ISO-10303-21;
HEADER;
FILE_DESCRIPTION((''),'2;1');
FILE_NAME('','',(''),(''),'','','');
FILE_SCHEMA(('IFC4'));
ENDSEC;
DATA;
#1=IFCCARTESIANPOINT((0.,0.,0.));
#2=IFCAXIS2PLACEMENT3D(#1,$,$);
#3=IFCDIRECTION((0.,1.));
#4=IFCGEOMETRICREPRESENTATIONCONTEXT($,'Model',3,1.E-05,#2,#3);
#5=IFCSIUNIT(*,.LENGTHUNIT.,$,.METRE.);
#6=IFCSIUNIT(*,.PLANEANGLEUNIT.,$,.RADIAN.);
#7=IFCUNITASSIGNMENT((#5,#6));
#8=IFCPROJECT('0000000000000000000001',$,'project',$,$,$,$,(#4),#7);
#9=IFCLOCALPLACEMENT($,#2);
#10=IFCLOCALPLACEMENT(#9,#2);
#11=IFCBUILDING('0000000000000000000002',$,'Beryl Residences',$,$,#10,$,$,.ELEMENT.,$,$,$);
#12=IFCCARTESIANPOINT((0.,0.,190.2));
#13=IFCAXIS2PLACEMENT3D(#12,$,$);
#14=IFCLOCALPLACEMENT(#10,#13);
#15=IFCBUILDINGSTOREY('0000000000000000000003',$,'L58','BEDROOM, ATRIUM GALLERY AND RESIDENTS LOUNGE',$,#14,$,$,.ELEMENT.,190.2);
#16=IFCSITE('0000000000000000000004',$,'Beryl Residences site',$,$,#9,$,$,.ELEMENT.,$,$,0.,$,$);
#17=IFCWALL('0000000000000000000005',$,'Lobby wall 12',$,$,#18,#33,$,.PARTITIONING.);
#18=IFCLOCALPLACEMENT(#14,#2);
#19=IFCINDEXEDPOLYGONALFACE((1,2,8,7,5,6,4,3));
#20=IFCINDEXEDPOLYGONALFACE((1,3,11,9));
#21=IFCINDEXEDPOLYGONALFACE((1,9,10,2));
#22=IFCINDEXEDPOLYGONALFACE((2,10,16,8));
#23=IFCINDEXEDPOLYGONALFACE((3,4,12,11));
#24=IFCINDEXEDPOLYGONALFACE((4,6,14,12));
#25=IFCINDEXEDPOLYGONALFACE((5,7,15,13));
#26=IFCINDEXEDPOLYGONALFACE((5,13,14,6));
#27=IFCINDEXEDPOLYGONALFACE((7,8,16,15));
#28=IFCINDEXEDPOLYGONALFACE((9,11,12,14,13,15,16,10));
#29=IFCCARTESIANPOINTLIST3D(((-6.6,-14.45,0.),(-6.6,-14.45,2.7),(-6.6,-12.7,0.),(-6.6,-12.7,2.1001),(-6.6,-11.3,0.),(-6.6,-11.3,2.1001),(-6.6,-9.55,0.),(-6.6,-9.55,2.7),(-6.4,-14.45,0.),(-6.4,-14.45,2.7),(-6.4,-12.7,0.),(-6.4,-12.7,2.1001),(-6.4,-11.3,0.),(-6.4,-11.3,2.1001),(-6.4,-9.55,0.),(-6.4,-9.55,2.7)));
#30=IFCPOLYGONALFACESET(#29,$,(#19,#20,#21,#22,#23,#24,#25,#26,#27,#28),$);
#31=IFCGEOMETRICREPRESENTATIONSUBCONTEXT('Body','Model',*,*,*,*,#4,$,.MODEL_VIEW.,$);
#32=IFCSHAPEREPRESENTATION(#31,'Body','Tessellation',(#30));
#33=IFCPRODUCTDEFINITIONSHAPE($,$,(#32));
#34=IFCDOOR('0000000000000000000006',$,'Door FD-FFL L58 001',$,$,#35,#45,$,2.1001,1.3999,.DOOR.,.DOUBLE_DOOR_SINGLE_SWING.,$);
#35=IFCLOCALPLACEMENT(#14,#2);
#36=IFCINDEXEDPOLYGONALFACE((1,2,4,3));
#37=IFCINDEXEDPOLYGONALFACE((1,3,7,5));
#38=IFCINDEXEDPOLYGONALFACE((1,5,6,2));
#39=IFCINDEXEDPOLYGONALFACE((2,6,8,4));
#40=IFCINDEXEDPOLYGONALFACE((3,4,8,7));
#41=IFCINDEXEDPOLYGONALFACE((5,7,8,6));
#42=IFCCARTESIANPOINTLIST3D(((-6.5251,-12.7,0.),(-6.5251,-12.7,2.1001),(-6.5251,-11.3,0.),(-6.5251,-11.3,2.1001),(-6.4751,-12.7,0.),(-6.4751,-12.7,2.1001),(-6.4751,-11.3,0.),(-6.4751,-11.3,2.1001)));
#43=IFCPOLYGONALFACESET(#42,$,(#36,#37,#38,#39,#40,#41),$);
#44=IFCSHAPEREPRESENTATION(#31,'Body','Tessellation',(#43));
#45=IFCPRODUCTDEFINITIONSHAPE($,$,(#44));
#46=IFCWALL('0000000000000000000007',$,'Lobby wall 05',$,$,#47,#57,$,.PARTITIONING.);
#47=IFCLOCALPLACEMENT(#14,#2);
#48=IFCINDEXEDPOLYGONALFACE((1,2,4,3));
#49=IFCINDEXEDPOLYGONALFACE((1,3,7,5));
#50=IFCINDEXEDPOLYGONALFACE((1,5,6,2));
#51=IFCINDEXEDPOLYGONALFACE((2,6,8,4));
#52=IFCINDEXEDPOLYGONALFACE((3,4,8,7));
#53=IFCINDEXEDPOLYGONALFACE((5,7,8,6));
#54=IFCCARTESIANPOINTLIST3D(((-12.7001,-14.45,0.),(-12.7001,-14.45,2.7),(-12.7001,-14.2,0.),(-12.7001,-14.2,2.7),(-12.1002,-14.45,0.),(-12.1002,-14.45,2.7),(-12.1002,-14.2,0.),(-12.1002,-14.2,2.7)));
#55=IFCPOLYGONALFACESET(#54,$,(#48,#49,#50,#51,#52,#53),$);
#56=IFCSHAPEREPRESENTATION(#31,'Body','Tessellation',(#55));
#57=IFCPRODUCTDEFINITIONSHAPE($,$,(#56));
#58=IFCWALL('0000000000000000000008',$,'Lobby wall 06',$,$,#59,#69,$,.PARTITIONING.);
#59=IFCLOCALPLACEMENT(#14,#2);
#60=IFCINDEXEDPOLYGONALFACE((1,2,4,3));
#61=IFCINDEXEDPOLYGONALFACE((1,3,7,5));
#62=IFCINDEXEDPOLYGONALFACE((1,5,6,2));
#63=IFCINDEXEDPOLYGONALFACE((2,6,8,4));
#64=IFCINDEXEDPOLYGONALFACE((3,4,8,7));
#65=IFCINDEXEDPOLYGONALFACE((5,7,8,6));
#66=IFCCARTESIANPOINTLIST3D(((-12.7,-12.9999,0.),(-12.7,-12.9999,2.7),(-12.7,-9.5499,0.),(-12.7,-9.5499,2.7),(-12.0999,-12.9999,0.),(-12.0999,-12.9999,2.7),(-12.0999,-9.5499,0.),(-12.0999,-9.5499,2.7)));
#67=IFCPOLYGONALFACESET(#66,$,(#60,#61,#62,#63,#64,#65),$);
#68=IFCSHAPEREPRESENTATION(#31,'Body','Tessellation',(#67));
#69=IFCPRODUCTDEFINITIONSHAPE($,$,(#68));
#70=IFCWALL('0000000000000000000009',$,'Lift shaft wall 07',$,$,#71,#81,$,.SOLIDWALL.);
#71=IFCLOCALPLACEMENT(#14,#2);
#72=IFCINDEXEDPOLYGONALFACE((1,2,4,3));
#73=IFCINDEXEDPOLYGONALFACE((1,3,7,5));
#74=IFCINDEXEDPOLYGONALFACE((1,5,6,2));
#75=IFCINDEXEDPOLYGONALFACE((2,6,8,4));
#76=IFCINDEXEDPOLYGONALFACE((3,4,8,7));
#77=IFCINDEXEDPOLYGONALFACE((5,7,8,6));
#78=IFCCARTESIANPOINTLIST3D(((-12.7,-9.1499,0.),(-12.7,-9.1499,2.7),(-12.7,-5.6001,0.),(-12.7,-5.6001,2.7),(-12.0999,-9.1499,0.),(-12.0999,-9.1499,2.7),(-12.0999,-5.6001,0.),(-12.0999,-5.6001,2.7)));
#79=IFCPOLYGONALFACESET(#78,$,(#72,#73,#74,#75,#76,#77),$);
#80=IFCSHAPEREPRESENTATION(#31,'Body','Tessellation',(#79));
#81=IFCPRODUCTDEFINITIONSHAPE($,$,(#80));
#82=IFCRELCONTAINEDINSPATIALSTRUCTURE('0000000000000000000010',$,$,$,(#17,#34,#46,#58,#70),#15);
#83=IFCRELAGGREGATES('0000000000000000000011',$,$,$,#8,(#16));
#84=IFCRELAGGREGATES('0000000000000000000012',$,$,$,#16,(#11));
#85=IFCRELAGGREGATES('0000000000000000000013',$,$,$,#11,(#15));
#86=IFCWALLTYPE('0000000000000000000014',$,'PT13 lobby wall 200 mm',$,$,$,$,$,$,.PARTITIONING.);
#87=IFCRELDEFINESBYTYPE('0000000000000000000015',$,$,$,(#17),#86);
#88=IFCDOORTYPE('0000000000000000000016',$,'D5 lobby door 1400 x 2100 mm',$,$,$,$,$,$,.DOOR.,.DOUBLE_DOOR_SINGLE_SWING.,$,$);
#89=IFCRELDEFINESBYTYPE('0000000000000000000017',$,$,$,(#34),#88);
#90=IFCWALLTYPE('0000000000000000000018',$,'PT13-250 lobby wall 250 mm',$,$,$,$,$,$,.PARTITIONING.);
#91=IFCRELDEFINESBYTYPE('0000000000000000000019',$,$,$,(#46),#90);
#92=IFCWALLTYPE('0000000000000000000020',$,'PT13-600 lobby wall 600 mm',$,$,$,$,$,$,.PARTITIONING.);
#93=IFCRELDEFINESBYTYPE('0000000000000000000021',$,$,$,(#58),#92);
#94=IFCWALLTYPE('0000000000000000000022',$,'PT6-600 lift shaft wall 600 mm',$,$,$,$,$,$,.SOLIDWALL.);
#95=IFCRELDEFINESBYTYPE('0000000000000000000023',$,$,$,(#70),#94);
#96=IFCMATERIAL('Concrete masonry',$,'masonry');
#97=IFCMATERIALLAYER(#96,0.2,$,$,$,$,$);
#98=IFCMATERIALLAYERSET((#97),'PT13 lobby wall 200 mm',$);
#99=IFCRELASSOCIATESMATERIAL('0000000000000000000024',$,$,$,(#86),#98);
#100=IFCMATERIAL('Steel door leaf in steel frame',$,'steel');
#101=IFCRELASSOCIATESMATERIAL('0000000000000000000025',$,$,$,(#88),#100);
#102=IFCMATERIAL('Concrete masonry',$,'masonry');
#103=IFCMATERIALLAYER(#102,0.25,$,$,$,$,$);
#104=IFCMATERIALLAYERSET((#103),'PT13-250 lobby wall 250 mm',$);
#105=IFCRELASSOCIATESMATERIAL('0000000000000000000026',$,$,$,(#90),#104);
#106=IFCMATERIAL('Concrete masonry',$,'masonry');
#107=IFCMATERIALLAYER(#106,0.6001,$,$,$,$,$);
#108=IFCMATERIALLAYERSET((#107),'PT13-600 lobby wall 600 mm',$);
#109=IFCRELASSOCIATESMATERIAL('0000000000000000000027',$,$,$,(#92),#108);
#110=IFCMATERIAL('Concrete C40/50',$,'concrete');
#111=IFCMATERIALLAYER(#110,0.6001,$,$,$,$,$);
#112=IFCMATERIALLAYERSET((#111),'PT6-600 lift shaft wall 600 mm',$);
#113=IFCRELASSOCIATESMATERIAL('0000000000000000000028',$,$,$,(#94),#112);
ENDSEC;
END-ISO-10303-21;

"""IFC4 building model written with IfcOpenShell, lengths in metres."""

from ifc_helpers import new_model, si_unit, direction, frame, frame_2d, origin, place, context, subcontext, project, spatial, rectangle, extrude, material, layer, layer_set, type_object, element, fill, save


model = new_model("IFC4")

# Units and contexts
model_context = context("Model", 3, precision=1e-05, world=origin(), true_north=direction((0.0, 1.0)))
body_context = subcontext(model_context, "Body", "Model", "MODEL_VIEW")
ifc_project = project(units=[si_unit("LENGTHUNIT", "METRE"), si_unit("PLANEANGLEUNIT", "RADIAN")], contexts=[model_context])

# Site, building, storey
site_placement = place(None, origin())
site = spatial("IfcSite", under=ifc_project, at=site_placement, Name="Beryl Residences site", CompositionType="ELEMENT", RefElevation=0.0)
building_placement = place(site_placement, origin())
building = spatial("IfcBuilding", under=site, at=building_placement, Name="Beryl Residences", CompositionType="ELEMENT")
storey_placement = place(building_placement, frame((0.0, 0.0, 190.2)))
storey = spatial("IfcBuildingStorey", under=building, at=storey_placement, Name="L58", Description="BEDROOM, ATRIUM GALLERY AND RESIDENTS LOUNGE", CompositionType="ELEMENT", Elevation=190.2)

# Wall, opening, door
ifc_material_1 = material(Name="Concrete masonry", Category="masonry")
ifc_layer_1 = layer(ifc_material_1, 0.2)
ifc_layer_set_1 = layer_set([ifc_layer_1], Name="PT13 lobby wall 200 mm")
wall_type_1 = type_object("IfcWallType", Name="PT13 lobby wall 200 mm", PredefinedType="PARTITIONING", material=ifc_layer_set_1)
wall_1_placement = place(storey_placement, frame((-6.5, -14.45, 0.0), z_axis=(0.0, 0.0, 1.0), x_axis=(0.0, 1.0, 0.0)))
wall_1 = element("IfcWall", 1, at=wall_1_placement, inside=storey, type_object=wall_type_1, Name="Lobby wall 12", PredefinedType="PARTITIONING", context=body_context, shape_type="SweptSolid", body=[
    extrude(rectangle(XDim=4.8999, YDim=0.2, at=frame_2d((2.45, 0.0))), origin(), (0.0, 0.0, 1.0), 2.7),
])
opening_1_placement = place(wall_1_placement, frame((3.1499, 0.0, 0.0), z_axis=(0.0, 0.0, 1.0), x_axis=(-1.0, 0.0, 0.0)))
opening_1 = element("IfcOpeningElement", 2, at=opening_1_placement, cuts=wall_1, PredefinedType="OPENING", context=body_context, shape_type="SweptSolid", body=[
    extrude(rectangle(XDim=1.3999, YDim=2.1001, at=frame_2d((0.7, 1.05))), frame((0.0, 0.1099, 0.0), z_axis=(0.0, -1.0, 0.0), x_axis=(1.0, 0.0, 0.0)), (0.0, 0.0, 1.0), 0.22),
])
ifc_material_2 = material(Name="Steel door leaf in steel frame", Category="steel")
door_type_1 = type_object("IfcDoorType", Name="D5 lobby door 1400 x 2100 mm", OperationType="DOUBLE_DOOR_SINGLE_SWING", PredefinedType="DOOR", material=ifc_material_2)
door_1_placement = place(opening_1_placement, origin())
door_1 = element("IfcDoor", 3, at=door_1_placement, inside=storey, type_object=door_type_1, Name="Door FD-FFL L58 001", OperationType="DOUBLE_DOOR_SINGLE_SWING", OverallHeight=2.1001, OverallWidth=1.3999, PredefinedType="DOOR", context=body_context, shape_type="SweptSolid", body=[
    extrude(rectangle(XDim=1.3999, YDim=2.1001, at=frame_2d((0.7, 1.05))), frame((0.0, 0.0249, 0.0), z_axis=(0.0, -1.0, 0.0), x_axis=(1.0, 0.0, 0.0)), (0.0, 0.0, 1.0), 0.05),
])
fill(opening_1, door_1)

# Walls
ifc_material_3 = material(Name="Concrete masonry", Category="masonry")
ifc_layer_2 = layer(ifc_material_3, 0.25)
ifc_layer_set_2 = layer_set([ifc_layer_2], Name="PT13-250 lobby wall 250 mm")
wall_type_2 = type_object("IfcWallType", Name="PT13-250 lobby wall 250 mm", PredefinedType="PARTITIONING", material=ifc_layer_set_2)
wall_2_placement = place(storey_placement, frame((-12.7, -14.325, 0.0), z_axis=(0.0, 0.0, 1.0), x_axis=(1.0, 0.0, 0.0)))
element("IfcWall", 4, at=wall_2_placement, inside=storey, type_object=wall_type_2, Name="Lobby wall 05", PredefinedType="PARTITIONING", context=body_context, shape_type="SweptSolid", body=[
    extrude(rectangle(XDim=0.5999, YDim=0.25, at=frame_2d((0.2998, 0.0))), origin(), (0.0, 0.0, 1.0), 2.7),
])
ifc_material_4 = material(Name="Concrete masonry", Category="masonry")
ifc_layer_3 = layer(ifc_material_4, 0.6001)
ifc_layer_set_3 = layer_set([ifc_layer_3], Name="PT13-600 lobby wall 600 mm")
wall_type_3 = type_object("IfcWallType", Name="PT13-600 lobby wall 600 mm", PredefinedType="PARTITIONING", material=ifc_layer_set_3)
wall_3_placement = place(storey_placement, frame((-12.3999, -13.0, 0.0), z_axis=(0.0, 0.0, 1.0), x_axis=(0.0, 1.0, 0.0)))
element("IfcWall", 5, at=wall_3_placement, inside=storey, type_object=wall_type_3, Name="Lobby wall 06", PredefinedType="PARTITIONING", context=body_context, shape_type="SweptSolid", body=[
    extrude(rectangle(XDim=3.45, YDim=0.6001, at=frame_2d((1.7251, 0.0))), origin(), (0.0, 0.0, 1.0), 2.7),
])
ifc_material_5 = material(Name="Concrete C40/50", Category="concrete")
ifc_layer_4 = layer(ifc_material_5, 0.6001)
ifc_layer_set_4 = layer_set([ifc_layer_4], Name="PT6-600 lift shaft wall 600 mm")
wall_type_4 = type_object("IfcWallType", Name="PT6-600 lift shaft wall 600 mm", PredefinedType="SOLIDWALL", material=ifc_layer_set_4)
wall_4_placement = place(storey_placement, frame((-12.3999, -9.1499, 0.0), z_axis=(0.0, 0.0, 1.0), x_axis=(0.0, 1.0, 0.0)))
element("IfcWall", 6, at=wall_4_placement, inside=storey, type_object=wall_type_4, Name="Lift shaft wall 07", PredefinedType="SOLIDWALL", context=body_context, shape_type="SweptSolid", body=[
    extrude(rectangle(XDim=3.5498, YDim=0.6001, at=frame_2d((1.7749, 0.0))), origin(), (0.0, 0.0, 1.0), 2.7),
])

save(model, "model.ifc")
